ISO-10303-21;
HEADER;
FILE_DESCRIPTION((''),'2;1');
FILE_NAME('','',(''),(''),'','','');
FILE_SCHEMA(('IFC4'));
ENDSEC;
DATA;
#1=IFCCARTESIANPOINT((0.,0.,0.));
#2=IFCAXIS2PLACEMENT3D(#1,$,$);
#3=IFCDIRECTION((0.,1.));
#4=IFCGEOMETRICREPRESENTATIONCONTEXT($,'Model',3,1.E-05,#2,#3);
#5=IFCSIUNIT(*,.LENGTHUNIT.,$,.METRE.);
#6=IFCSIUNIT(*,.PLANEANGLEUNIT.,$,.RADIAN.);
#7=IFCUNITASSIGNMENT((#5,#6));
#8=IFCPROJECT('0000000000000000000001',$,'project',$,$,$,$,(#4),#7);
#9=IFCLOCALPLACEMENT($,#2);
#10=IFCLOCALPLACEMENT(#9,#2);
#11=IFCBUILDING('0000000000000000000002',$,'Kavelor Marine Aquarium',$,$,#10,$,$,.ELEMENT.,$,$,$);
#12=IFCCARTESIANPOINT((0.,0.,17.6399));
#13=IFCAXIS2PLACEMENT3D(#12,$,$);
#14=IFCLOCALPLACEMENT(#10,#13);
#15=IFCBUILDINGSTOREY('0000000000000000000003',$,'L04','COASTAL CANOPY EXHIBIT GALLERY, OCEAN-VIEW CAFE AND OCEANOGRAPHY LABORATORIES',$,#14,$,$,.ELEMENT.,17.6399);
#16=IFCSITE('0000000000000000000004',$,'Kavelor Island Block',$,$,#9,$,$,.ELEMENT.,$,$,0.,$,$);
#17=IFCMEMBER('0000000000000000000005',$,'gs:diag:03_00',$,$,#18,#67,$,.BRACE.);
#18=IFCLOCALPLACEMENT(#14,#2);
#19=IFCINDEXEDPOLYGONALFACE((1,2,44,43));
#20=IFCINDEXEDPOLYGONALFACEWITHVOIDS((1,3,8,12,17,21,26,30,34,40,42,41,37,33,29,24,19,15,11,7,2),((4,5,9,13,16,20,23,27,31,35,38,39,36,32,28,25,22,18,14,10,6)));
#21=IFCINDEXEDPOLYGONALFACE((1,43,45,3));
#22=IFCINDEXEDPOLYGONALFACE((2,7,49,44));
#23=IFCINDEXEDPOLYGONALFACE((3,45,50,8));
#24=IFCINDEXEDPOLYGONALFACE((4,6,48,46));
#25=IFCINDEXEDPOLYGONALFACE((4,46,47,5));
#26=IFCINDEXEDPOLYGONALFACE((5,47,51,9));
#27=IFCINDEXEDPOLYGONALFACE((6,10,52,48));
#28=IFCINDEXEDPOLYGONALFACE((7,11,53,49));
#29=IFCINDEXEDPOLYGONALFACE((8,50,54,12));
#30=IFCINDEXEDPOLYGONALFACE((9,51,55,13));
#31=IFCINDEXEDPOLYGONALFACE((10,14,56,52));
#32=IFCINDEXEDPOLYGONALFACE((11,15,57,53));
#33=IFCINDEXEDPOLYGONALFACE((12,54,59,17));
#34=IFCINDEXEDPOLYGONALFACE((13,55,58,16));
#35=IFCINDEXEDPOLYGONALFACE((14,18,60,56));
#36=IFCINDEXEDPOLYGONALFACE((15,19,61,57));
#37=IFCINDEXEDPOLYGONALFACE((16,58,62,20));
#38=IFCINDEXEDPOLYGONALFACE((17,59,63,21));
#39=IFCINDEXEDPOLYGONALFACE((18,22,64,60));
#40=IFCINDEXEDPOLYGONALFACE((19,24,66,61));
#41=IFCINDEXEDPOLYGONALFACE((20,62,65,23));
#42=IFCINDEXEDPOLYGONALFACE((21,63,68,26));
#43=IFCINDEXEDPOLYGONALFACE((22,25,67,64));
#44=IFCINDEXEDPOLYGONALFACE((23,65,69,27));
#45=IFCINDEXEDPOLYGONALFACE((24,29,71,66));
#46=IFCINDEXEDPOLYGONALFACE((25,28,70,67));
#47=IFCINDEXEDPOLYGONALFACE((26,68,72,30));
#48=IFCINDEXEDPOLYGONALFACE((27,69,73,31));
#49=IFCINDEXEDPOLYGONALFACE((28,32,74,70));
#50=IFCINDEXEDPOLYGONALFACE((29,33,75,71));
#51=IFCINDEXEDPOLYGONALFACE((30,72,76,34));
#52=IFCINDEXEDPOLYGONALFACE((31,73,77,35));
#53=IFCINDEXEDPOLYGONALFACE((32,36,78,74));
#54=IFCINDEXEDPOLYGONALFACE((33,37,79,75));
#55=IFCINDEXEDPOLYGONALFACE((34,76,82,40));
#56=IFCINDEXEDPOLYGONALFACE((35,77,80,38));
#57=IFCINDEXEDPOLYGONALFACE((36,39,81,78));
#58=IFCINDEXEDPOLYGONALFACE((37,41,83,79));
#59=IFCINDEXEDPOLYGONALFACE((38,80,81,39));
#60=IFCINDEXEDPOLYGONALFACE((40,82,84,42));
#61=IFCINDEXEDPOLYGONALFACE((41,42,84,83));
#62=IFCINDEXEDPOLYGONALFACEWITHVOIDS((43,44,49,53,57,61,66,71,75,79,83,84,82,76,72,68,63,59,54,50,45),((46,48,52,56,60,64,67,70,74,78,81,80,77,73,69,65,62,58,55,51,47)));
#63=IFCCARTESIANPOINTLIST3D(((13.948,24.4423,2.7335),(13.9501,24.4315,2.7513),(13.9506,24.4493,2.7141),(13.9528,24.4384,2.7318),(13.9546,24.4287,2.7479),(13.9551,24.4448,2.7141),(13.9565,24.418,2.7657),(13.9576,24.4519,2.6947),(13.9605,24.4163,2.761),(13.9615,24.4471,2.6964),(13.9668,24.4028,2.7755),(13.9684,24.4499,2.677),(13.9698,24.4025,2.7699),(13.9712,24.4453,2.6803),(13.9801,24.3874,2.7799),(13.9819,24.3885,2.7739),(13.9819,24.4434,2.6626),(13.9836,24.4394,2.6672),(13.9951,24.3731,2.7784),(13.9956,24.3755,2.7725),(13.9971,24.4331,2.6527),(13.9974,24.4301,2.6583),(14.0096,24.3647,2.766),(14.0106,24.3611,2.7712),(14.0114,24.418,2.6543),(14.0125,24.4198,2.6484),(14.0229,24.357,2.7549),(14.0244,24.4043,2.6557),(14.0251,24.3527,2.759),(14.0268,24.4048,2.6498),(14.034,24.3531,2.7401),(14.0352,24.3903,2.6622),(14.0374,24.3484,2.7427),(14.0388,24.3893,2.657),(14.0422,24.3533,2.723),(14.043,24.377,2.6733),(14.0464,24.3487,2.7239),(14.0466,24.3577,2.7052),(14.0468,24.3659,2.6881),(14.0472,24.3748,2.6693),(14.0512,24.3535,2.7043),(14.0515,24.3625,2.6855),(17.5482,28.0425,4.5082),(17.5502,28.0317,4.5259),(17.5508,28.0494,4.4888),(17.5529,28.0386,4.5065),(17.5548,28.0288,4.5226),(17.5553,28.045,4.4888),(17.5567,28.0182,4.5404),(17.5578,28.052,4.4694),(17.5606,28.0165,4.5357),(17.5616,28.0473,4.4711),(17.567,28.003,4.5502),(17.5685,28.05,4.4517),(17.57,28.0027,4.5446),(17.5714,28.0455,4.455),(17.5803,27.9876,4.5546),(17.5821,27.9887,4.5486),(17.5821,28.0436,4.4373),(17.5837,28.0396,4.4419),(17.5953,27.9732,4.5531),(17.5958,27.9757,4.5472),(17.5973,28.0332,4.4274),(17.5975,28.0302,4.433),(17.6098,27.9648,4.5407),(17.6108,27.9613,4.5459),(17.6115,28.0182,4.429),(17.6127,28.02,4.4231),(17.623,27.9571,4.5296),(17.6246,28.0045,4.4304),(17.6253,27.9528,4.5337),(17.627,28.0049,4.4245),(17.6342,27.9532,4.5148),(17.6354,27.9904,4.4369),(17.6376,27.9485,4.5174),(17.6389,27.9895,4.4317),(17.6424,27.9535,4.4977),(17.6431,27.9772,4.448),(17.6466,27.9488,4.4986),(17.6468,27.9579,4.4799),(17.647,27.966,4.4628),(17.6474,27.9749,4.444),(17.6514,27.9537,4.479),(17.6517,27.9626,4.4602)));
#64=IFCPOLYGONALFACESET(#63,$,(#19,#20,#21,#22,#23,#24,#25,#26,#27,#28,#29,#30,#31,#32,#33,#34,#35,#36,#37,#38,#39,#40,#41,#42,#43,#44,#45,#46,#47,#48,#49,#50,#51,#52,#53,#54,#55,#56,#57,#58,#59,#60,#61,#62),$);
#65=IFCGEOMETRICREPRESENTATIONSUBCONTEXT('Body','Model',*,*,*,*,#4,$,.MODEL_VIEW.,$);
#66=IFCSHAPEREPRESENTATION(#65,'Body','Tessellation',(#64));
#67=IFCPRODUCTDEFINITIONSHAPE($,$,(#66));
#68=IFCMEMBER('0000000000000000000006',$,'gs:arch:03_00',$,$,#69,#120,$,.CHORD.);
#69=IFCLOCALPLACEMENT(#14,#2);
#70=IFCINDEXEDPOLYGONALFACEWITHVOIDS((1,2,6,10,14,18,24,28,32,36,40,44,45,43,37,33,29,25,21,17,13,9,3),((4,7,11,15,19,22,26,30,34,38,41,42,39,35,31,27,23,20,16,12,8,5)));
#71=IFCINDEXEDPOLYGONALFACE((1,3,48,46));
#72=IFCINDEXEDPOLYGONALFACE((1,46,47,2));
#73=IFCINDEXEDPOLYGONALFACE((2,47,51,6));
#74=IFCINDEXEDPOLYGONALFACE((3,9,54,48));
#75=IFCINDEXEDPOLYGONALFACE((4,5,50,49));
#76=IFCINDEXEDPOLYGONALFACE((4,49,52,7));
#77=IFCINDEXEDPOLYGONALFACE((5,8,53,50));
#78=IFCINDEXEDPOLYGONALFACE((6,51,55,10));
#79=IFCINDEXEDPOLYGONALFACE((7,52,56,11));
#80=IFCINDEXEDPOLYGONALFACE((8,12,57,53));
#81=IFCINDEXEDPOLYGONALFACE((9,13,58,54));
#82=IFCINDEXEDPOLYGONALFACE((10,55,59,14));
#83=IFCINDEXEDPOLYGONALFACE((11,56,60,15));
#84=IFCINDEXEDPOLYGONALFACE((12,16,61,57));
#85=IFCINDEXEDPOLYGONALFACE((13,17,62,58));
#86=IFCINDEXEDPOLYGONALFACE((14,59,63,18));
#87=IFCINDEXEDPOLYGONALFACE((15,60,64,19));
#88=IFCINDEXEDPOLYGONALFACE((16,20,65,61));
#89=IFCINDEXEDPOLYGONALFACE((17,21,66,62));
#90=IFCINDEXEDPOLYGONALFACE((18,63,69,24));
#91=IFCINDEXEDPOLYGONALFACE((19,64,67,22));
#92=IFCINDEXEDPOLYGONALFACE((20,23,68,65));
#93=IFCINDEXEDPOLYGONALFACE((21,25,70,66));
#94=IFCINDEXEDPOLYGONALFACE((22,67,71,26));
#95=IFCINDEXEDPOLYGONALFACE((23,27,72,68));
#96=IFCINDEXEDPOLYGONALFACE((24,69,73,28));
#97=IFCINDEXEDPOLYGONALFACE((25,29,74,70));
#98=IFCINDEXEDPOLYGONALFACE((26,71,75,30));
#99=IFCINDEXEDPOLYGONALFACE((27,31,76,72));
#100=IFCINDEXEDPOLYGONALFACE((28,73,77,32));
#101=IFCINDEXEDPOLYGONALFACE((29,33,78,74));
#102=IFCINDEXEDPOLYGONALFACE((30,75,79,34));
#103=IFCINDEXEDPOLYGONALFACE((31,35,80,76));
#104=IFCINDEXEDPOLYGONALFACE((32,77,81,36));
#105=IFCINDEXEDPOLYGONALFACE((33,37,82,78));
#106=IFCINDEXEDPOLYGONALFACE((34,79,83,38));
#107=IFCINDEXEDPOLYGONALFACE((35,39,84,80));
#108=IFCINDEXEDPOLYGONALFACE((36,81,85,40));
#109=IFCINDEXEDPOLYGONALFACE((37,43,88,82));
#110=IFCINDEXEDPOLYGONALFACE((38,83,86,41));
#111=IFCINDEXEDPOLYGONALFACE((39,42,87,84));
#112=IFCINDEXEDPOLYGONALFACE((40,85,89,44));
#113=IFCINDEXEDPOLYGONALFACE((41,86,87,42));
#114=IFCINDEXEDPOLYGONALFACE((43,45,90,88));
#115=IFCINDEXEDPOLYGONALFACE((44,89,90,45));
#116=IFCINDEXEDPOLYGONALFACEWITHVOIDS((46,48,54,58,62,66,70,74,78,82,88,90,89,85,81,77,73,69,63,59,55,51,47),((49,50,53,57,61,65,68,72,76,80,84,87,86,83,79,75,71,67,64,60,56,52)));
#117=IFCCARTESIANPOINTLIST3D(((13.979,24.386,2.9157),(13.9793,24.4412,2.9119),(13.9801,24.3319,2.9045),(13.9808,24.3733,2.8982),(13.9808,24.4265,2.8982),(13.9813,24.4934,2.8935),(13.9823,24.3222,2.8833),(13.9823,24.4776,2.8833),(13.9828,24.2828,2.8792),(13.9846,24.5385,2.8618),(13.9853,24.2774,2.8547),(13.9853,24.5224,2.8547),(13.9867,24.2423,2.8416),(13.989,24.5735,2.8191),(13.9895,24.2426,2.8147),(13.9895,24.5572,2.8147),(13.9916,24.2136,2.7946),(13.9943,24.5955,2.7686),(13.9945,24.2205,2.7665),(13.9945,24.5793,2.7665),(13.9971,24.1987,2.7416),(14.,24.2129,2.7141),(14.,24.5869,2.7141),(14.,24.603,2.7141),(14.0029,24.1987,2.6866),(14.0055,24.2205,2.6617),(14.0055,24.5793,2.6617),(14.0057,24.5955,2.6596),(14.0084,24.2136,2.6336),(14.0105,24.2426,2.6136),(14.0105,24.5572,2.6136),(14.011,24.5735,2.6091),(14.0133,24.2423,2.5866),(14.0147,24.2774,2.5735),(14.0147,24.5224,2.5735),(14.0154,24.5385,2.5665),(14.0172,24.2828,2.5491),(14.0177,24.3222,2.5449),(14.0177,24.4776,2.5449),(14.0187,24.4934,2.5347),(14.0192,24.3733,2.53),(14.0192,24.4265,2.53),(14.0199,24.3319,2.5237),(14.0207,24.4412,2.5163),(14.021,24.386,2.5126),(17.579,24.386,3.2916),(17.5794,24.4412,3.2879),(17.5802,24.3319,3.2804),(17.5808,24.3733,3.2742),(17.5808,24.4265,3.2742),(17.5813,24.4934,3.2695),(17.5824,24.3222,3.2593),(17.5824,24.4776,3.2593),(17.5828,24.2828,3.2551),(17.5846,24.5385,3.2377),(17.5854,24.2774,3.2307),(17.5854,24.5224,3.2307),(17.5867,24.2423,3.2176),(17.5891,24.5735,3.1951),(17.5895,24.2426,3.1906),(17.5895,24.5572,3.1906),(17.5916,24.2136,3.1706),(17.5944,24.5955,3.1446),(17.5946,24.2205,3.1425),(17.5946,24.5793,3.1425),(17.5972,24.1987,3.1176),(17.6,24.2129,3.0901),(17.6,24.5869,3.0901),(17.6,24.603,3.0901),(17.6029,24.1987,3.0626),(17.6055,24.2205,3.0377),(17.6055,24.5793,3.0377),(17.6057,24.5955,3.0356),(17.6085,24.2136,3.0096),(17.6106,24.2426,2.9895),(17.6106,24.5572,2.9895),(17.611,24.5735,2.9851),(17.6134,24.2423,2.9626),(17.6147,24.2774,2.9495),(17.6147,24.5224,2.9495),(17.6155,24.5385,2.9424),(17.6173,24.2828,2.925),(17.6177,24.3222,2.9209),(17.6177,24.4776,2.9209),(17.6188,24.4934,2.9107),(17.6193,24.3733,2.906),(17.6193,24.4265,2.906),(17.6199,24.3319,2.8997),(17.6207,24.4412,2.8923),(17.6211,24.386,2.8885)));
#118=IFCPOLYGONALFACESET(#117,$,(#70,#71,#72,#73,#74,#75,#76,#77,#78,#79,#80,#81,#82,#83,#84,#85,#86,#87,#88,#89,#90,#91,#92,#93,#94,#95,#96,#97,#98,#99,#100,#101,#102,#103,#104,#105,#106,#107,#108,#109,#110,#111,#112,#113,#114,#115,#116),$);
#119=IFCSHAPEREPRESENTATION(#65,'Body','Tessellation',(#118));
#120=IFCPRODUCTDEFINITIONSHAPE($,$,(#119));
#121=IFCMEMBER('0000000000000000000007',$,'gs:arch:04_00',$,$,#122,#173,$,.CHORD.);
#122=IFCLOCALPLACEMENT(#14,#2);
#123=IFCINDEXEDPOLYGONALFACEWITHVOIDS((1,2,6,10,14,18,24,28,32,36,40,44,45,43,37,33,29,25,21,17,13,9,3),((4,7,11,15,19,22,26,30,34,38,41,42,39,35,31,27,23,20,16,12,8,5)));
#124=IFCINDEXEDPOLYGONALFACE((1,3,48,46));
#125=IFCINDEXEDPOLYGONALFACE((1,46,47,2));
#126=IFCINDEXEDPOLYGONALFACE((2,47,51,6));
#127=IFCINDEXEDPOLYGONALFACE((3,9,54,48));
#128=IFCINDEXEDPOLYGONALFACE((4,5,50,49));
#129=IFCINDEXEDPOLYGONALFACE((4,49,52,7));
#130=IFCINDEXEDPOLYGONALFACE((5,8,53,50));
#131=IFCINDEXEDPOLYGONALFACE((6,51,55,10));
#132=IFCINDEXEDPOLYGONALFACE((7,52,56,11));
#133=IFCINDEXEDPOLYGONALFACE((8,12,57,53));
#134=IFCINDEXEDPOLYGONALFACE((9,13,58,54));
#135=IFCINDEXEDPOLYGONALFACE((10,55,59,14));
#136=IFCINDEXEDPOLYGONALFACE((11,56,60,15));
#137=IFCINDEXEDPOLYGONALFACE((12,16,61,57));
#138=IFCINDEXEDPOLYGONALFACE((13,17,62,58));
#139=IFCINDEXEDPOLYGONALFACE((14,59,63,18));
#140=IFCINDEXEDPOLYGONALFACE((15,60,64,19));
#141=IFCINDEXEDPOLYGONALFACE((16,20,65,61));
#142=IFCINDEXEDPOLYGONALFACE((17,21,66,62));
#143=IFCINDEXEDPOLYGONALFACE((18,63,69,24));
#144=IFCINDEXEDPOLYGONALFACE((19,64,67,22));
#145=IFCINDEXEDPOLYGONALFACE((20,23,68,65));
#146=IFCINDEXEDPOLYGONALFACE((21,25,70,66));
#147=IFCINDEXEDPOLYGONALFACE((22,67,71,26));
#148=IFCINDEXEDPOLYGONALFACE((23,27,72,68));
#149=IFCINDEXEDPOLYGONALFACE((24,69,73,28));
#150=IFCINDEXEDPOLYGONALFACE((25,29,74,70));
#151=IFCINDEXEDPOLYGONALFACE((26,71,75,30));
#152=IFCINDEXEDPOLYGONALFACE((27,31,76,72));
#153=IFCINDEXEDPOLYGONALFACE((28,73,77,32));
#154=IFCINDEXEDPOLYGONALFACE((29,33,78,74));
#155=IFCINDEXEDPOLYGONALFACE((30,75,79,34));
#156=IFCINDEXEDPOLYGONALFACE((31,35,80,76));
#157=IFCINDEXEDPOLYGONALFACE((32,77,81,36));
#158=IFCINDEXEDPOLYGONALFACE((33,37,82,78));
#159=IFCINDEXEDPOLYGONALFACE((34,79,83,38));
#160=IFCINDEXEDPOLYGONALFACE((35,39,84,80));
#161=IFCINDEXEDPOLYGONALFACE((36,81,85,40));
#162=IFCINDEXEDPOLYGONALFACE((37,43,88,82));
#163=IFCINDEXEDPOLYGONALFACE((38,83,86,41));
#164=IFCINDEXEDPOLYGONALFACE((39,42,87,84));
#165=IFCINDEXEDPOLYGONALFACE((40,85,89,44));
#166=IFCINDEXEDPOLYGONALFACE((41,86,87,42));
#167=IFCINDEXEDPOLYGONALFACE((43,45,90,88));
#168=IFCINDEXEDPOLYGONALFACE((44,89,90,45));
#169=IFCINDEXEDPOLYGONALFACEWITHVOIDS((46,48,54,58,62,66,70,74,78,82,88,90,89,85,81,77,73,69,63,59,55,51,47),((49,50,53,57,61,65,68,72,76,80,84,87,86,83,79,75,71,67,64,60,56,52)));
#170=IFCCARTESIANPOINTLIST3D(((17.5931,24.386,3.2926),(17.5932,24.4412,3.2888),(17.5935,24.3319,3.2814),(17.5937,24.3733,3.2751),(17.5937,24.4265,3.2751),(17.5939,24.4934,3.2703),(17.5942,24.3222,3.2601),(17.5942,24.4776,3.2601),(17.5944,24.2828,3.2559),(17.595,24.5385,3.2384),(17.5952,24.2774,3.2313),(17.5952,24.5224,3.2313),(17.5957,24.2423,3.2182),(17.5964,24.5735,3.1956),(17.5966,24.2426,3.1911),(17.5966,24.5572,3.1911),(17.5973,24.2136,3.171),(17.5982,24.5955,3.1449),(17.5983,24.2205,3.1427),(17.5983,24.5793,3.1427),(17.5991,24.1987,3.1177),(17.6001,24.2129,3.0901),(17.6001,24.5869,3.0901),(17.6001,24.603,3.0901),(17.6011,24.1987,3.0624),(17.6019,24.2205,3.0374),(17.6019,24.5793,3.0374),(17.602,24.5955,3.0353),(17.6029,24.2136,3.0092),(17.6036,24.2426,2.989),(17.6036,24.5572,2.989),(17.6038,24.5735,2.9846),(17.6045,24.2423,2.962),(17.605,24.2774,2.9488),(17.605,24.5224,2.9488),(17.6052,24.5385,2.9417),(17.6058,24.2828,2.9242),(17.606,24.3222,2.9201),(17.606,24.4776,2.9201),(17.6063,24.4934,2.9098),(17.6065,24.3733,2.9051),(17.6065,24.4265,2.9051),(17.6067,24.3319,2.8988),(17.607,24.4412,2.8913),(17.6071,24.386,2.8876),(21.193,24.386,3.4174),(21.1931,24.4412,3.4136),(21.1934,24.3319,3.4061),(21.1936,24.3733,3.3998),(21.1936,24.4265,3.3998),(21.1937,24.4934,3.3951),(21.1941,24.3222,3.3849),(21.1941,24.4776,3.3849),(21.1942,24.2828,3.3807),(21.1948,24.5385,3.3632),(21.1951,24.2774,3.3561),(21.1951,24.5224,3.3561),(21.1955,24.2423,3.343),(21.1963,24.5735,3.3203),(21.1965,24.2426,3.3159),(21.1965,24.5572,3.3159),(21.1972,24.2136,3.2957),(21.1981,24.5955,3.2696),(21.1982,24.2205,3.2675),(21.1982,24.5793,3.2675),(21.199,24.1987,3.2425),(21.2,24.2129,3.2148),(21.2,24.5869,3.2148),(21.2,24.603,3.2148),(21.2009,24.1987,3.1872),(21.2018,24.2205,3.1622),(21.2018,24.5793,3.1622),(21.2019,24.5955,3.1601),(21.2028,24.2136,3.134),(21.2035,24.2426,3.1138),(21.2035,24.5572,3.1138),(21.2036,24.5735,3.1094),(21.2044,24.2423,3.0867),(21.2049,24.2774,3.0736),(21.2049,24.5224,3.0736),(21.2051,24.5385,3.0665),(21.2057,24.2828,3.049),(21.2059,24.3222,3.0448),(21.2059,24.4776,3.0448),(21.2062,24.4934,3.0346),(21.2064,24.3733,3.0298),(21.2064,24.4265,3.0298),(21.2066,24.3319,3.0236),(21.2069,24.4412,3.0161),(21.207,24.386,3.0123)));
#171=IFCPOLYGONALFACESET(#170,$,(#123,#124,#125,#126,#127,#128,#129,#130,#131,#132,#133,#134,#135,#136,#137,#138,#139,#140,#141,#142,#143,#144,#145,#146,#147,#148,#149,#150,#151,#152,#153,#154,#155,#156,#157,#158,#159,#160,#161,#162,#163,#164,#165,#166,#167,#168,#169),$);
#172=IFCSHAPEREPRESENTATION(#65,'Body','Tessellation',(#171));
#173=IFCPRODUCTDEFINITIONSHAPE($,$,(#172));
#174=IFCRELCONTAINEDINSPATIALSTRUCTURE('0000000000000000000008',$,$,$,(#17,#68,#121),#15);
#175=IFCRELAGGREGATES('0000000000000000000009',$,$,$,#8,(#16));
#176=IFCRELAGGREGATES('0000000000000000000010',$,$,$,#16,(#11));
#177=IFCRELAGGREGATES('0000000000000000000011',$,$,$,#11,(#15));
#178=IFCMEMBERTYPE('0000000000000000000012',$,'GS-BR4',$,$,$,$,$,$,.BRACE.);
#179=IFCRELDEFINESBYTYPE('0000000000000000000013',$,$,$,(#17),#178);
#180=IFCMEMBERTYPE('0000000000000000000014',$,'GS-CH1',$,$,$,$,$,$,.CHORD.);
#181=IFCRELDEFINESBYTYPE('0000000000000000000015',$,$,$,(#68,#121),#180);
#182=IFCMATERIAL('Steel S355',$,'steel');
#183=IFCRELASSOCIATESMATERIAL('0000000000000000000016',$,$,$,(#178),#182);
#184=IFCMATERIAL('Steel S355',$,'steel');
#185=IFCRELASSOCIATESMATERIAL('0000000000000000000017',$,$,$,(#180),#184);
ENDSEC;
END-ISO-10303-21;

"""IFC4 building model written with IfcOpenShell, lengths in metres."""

from ifc_helpers import new_model, si_unit, direction, frame, origin, origin_2d, place, context, subcontext, project, spatial, hollow_circle, extrude, material, material_profile, profile_set, type_object, element, save


model = new_model("IFC4")

# Units and contexts
model_context = context("Model", 3, precision=1e-05, world=origin(), true_north=direction((0.0, 1.0)))
body_context = subcontext(model_context, "Body", "Model", "MODEL_VIEW")
ifc_project = project(units=[si_unit("LENGTHUNIT", "METRE"), si_unit("PLANEANGLEUNIT", "RADIAN")], contexts=[model_context])

# Site, building, storey
site_placement = place(None, origin())
site = spatial("IfcSite", under=ifc_project, at=site_placement, Name="Kavelor Island Block", CompositionType="ELEMENT", RefElevation=0.0)
building_placement = place(site_placement, origin())
building = spatial("IfcBuilding", under=site, at=building_placement, Name="Kavelor Marine Aquarium", CompositionType="ELEMENT")
storey_placement = place(building_placement, frame((0.0, 0.0, 17.6399)))
storey = spatial("IfcBuildingStorey", under=building, at=storey_placement, Name="L04", Description="COASTAL CANOPY EXHIBIT GALLERY, OCEAN-VIEW CAFE AND OCEANOGRAPHY LABORATORIES", CompositionType="ELEMENT", Elevation=17.6399)

# Members
ifc_material_1 = material(Name="Steel S355", Category="steel")
ifc_material_profile_1 = material_profile(ifc_material_1, hollow_circle(Radius=0.0698, WallThickness=0.0063, at=origin_2d()), Name="CHS 139.7x6.3")
ifc_profile_set_1 = profile_set([ifc_material_profile_1], Name="Steel S355")
member_type_1 = type_object("IfcMemberType", Name="GS-BR4", PredefinedType="BRACE", material=ifc_profile_set_1)
member_1_placement = place(storey_placement, frame((14.0, 24.3999, 2.7141), z_axis=(0.667707, 0.667707, 0.329144), x_axis=(-0.707107, 0.707107, 0.0)))
element("IfcMember", 1, at=member_1_placement, inside=storey, type_object=member_type_1, Name="gs:diag:03_00", PredefinedType="BRACE", context=body_context, shape_type="SweptSolid", body=[
    extrude(hollow_circle(Radius=0.0698, WallThickness=0.0063, at=origin_2d()), origin(), (0.0, 0.0, 1.0), 5.3918),
])
ifc_material_2 = material(Name="Steel S355", Category="steel")
ifc_material_profile_2 = material_profile(ifc_material_2, hollow_circle(Radius=0.2031, WallThickness=0.0161, at=origin_2d()), Name="CHS 406.4x16.0")
ifc_profile_set_2 = profile_set([ifc_material_profile_2], Name="Steel S355")
member_type_2 = type_object("IfcMemberType", Name="GS-CH1", PredefinedType="CHORD", material=ifc_profile_set_2)
member_2_placement = place(storey_placement, frame((14.0, 24.3999, 2.7141), z_axis=(0.994591, 0.0, 0.10387), x_axis=(0.0, 1.0, 0.0)))
element("IfcMember", 2, at=member_2_placement, inside=storey, type_object=member_type_2, Name="gs:arch:03_00", PredefinedType="CHORD", context=body_context, shape_type="SweptSolid", body=[
    extrude(hollow_circle(Radius=0.2031, WallThickness=0.0161, at=origin_2d()), origin(), (0.0, 0.0, 1.0), 3.6196),
])
member_3_placement = place(storey_placement, frame((17.6001, 24.3999, 3.0901), z_axis=(0.9994, 0.0, 0.034635), x_axis=(0.0, 1.0, 0.0)))
element("IfcMember", 3, at=member_3_placement, inside=storey, type_object=member_type_2, Name="gs:arch:04_00", PredefinedType="CHORD", context=body_context, shape_type="SweptSolid", body=[
    extrude(hollow_circle(Radius=0.2031, WallThickness=0.0161, at=origin_2d()), origin(), (0.0, 0.0, 1.0), 3.6021),
])

save(model, "model.ifc")
